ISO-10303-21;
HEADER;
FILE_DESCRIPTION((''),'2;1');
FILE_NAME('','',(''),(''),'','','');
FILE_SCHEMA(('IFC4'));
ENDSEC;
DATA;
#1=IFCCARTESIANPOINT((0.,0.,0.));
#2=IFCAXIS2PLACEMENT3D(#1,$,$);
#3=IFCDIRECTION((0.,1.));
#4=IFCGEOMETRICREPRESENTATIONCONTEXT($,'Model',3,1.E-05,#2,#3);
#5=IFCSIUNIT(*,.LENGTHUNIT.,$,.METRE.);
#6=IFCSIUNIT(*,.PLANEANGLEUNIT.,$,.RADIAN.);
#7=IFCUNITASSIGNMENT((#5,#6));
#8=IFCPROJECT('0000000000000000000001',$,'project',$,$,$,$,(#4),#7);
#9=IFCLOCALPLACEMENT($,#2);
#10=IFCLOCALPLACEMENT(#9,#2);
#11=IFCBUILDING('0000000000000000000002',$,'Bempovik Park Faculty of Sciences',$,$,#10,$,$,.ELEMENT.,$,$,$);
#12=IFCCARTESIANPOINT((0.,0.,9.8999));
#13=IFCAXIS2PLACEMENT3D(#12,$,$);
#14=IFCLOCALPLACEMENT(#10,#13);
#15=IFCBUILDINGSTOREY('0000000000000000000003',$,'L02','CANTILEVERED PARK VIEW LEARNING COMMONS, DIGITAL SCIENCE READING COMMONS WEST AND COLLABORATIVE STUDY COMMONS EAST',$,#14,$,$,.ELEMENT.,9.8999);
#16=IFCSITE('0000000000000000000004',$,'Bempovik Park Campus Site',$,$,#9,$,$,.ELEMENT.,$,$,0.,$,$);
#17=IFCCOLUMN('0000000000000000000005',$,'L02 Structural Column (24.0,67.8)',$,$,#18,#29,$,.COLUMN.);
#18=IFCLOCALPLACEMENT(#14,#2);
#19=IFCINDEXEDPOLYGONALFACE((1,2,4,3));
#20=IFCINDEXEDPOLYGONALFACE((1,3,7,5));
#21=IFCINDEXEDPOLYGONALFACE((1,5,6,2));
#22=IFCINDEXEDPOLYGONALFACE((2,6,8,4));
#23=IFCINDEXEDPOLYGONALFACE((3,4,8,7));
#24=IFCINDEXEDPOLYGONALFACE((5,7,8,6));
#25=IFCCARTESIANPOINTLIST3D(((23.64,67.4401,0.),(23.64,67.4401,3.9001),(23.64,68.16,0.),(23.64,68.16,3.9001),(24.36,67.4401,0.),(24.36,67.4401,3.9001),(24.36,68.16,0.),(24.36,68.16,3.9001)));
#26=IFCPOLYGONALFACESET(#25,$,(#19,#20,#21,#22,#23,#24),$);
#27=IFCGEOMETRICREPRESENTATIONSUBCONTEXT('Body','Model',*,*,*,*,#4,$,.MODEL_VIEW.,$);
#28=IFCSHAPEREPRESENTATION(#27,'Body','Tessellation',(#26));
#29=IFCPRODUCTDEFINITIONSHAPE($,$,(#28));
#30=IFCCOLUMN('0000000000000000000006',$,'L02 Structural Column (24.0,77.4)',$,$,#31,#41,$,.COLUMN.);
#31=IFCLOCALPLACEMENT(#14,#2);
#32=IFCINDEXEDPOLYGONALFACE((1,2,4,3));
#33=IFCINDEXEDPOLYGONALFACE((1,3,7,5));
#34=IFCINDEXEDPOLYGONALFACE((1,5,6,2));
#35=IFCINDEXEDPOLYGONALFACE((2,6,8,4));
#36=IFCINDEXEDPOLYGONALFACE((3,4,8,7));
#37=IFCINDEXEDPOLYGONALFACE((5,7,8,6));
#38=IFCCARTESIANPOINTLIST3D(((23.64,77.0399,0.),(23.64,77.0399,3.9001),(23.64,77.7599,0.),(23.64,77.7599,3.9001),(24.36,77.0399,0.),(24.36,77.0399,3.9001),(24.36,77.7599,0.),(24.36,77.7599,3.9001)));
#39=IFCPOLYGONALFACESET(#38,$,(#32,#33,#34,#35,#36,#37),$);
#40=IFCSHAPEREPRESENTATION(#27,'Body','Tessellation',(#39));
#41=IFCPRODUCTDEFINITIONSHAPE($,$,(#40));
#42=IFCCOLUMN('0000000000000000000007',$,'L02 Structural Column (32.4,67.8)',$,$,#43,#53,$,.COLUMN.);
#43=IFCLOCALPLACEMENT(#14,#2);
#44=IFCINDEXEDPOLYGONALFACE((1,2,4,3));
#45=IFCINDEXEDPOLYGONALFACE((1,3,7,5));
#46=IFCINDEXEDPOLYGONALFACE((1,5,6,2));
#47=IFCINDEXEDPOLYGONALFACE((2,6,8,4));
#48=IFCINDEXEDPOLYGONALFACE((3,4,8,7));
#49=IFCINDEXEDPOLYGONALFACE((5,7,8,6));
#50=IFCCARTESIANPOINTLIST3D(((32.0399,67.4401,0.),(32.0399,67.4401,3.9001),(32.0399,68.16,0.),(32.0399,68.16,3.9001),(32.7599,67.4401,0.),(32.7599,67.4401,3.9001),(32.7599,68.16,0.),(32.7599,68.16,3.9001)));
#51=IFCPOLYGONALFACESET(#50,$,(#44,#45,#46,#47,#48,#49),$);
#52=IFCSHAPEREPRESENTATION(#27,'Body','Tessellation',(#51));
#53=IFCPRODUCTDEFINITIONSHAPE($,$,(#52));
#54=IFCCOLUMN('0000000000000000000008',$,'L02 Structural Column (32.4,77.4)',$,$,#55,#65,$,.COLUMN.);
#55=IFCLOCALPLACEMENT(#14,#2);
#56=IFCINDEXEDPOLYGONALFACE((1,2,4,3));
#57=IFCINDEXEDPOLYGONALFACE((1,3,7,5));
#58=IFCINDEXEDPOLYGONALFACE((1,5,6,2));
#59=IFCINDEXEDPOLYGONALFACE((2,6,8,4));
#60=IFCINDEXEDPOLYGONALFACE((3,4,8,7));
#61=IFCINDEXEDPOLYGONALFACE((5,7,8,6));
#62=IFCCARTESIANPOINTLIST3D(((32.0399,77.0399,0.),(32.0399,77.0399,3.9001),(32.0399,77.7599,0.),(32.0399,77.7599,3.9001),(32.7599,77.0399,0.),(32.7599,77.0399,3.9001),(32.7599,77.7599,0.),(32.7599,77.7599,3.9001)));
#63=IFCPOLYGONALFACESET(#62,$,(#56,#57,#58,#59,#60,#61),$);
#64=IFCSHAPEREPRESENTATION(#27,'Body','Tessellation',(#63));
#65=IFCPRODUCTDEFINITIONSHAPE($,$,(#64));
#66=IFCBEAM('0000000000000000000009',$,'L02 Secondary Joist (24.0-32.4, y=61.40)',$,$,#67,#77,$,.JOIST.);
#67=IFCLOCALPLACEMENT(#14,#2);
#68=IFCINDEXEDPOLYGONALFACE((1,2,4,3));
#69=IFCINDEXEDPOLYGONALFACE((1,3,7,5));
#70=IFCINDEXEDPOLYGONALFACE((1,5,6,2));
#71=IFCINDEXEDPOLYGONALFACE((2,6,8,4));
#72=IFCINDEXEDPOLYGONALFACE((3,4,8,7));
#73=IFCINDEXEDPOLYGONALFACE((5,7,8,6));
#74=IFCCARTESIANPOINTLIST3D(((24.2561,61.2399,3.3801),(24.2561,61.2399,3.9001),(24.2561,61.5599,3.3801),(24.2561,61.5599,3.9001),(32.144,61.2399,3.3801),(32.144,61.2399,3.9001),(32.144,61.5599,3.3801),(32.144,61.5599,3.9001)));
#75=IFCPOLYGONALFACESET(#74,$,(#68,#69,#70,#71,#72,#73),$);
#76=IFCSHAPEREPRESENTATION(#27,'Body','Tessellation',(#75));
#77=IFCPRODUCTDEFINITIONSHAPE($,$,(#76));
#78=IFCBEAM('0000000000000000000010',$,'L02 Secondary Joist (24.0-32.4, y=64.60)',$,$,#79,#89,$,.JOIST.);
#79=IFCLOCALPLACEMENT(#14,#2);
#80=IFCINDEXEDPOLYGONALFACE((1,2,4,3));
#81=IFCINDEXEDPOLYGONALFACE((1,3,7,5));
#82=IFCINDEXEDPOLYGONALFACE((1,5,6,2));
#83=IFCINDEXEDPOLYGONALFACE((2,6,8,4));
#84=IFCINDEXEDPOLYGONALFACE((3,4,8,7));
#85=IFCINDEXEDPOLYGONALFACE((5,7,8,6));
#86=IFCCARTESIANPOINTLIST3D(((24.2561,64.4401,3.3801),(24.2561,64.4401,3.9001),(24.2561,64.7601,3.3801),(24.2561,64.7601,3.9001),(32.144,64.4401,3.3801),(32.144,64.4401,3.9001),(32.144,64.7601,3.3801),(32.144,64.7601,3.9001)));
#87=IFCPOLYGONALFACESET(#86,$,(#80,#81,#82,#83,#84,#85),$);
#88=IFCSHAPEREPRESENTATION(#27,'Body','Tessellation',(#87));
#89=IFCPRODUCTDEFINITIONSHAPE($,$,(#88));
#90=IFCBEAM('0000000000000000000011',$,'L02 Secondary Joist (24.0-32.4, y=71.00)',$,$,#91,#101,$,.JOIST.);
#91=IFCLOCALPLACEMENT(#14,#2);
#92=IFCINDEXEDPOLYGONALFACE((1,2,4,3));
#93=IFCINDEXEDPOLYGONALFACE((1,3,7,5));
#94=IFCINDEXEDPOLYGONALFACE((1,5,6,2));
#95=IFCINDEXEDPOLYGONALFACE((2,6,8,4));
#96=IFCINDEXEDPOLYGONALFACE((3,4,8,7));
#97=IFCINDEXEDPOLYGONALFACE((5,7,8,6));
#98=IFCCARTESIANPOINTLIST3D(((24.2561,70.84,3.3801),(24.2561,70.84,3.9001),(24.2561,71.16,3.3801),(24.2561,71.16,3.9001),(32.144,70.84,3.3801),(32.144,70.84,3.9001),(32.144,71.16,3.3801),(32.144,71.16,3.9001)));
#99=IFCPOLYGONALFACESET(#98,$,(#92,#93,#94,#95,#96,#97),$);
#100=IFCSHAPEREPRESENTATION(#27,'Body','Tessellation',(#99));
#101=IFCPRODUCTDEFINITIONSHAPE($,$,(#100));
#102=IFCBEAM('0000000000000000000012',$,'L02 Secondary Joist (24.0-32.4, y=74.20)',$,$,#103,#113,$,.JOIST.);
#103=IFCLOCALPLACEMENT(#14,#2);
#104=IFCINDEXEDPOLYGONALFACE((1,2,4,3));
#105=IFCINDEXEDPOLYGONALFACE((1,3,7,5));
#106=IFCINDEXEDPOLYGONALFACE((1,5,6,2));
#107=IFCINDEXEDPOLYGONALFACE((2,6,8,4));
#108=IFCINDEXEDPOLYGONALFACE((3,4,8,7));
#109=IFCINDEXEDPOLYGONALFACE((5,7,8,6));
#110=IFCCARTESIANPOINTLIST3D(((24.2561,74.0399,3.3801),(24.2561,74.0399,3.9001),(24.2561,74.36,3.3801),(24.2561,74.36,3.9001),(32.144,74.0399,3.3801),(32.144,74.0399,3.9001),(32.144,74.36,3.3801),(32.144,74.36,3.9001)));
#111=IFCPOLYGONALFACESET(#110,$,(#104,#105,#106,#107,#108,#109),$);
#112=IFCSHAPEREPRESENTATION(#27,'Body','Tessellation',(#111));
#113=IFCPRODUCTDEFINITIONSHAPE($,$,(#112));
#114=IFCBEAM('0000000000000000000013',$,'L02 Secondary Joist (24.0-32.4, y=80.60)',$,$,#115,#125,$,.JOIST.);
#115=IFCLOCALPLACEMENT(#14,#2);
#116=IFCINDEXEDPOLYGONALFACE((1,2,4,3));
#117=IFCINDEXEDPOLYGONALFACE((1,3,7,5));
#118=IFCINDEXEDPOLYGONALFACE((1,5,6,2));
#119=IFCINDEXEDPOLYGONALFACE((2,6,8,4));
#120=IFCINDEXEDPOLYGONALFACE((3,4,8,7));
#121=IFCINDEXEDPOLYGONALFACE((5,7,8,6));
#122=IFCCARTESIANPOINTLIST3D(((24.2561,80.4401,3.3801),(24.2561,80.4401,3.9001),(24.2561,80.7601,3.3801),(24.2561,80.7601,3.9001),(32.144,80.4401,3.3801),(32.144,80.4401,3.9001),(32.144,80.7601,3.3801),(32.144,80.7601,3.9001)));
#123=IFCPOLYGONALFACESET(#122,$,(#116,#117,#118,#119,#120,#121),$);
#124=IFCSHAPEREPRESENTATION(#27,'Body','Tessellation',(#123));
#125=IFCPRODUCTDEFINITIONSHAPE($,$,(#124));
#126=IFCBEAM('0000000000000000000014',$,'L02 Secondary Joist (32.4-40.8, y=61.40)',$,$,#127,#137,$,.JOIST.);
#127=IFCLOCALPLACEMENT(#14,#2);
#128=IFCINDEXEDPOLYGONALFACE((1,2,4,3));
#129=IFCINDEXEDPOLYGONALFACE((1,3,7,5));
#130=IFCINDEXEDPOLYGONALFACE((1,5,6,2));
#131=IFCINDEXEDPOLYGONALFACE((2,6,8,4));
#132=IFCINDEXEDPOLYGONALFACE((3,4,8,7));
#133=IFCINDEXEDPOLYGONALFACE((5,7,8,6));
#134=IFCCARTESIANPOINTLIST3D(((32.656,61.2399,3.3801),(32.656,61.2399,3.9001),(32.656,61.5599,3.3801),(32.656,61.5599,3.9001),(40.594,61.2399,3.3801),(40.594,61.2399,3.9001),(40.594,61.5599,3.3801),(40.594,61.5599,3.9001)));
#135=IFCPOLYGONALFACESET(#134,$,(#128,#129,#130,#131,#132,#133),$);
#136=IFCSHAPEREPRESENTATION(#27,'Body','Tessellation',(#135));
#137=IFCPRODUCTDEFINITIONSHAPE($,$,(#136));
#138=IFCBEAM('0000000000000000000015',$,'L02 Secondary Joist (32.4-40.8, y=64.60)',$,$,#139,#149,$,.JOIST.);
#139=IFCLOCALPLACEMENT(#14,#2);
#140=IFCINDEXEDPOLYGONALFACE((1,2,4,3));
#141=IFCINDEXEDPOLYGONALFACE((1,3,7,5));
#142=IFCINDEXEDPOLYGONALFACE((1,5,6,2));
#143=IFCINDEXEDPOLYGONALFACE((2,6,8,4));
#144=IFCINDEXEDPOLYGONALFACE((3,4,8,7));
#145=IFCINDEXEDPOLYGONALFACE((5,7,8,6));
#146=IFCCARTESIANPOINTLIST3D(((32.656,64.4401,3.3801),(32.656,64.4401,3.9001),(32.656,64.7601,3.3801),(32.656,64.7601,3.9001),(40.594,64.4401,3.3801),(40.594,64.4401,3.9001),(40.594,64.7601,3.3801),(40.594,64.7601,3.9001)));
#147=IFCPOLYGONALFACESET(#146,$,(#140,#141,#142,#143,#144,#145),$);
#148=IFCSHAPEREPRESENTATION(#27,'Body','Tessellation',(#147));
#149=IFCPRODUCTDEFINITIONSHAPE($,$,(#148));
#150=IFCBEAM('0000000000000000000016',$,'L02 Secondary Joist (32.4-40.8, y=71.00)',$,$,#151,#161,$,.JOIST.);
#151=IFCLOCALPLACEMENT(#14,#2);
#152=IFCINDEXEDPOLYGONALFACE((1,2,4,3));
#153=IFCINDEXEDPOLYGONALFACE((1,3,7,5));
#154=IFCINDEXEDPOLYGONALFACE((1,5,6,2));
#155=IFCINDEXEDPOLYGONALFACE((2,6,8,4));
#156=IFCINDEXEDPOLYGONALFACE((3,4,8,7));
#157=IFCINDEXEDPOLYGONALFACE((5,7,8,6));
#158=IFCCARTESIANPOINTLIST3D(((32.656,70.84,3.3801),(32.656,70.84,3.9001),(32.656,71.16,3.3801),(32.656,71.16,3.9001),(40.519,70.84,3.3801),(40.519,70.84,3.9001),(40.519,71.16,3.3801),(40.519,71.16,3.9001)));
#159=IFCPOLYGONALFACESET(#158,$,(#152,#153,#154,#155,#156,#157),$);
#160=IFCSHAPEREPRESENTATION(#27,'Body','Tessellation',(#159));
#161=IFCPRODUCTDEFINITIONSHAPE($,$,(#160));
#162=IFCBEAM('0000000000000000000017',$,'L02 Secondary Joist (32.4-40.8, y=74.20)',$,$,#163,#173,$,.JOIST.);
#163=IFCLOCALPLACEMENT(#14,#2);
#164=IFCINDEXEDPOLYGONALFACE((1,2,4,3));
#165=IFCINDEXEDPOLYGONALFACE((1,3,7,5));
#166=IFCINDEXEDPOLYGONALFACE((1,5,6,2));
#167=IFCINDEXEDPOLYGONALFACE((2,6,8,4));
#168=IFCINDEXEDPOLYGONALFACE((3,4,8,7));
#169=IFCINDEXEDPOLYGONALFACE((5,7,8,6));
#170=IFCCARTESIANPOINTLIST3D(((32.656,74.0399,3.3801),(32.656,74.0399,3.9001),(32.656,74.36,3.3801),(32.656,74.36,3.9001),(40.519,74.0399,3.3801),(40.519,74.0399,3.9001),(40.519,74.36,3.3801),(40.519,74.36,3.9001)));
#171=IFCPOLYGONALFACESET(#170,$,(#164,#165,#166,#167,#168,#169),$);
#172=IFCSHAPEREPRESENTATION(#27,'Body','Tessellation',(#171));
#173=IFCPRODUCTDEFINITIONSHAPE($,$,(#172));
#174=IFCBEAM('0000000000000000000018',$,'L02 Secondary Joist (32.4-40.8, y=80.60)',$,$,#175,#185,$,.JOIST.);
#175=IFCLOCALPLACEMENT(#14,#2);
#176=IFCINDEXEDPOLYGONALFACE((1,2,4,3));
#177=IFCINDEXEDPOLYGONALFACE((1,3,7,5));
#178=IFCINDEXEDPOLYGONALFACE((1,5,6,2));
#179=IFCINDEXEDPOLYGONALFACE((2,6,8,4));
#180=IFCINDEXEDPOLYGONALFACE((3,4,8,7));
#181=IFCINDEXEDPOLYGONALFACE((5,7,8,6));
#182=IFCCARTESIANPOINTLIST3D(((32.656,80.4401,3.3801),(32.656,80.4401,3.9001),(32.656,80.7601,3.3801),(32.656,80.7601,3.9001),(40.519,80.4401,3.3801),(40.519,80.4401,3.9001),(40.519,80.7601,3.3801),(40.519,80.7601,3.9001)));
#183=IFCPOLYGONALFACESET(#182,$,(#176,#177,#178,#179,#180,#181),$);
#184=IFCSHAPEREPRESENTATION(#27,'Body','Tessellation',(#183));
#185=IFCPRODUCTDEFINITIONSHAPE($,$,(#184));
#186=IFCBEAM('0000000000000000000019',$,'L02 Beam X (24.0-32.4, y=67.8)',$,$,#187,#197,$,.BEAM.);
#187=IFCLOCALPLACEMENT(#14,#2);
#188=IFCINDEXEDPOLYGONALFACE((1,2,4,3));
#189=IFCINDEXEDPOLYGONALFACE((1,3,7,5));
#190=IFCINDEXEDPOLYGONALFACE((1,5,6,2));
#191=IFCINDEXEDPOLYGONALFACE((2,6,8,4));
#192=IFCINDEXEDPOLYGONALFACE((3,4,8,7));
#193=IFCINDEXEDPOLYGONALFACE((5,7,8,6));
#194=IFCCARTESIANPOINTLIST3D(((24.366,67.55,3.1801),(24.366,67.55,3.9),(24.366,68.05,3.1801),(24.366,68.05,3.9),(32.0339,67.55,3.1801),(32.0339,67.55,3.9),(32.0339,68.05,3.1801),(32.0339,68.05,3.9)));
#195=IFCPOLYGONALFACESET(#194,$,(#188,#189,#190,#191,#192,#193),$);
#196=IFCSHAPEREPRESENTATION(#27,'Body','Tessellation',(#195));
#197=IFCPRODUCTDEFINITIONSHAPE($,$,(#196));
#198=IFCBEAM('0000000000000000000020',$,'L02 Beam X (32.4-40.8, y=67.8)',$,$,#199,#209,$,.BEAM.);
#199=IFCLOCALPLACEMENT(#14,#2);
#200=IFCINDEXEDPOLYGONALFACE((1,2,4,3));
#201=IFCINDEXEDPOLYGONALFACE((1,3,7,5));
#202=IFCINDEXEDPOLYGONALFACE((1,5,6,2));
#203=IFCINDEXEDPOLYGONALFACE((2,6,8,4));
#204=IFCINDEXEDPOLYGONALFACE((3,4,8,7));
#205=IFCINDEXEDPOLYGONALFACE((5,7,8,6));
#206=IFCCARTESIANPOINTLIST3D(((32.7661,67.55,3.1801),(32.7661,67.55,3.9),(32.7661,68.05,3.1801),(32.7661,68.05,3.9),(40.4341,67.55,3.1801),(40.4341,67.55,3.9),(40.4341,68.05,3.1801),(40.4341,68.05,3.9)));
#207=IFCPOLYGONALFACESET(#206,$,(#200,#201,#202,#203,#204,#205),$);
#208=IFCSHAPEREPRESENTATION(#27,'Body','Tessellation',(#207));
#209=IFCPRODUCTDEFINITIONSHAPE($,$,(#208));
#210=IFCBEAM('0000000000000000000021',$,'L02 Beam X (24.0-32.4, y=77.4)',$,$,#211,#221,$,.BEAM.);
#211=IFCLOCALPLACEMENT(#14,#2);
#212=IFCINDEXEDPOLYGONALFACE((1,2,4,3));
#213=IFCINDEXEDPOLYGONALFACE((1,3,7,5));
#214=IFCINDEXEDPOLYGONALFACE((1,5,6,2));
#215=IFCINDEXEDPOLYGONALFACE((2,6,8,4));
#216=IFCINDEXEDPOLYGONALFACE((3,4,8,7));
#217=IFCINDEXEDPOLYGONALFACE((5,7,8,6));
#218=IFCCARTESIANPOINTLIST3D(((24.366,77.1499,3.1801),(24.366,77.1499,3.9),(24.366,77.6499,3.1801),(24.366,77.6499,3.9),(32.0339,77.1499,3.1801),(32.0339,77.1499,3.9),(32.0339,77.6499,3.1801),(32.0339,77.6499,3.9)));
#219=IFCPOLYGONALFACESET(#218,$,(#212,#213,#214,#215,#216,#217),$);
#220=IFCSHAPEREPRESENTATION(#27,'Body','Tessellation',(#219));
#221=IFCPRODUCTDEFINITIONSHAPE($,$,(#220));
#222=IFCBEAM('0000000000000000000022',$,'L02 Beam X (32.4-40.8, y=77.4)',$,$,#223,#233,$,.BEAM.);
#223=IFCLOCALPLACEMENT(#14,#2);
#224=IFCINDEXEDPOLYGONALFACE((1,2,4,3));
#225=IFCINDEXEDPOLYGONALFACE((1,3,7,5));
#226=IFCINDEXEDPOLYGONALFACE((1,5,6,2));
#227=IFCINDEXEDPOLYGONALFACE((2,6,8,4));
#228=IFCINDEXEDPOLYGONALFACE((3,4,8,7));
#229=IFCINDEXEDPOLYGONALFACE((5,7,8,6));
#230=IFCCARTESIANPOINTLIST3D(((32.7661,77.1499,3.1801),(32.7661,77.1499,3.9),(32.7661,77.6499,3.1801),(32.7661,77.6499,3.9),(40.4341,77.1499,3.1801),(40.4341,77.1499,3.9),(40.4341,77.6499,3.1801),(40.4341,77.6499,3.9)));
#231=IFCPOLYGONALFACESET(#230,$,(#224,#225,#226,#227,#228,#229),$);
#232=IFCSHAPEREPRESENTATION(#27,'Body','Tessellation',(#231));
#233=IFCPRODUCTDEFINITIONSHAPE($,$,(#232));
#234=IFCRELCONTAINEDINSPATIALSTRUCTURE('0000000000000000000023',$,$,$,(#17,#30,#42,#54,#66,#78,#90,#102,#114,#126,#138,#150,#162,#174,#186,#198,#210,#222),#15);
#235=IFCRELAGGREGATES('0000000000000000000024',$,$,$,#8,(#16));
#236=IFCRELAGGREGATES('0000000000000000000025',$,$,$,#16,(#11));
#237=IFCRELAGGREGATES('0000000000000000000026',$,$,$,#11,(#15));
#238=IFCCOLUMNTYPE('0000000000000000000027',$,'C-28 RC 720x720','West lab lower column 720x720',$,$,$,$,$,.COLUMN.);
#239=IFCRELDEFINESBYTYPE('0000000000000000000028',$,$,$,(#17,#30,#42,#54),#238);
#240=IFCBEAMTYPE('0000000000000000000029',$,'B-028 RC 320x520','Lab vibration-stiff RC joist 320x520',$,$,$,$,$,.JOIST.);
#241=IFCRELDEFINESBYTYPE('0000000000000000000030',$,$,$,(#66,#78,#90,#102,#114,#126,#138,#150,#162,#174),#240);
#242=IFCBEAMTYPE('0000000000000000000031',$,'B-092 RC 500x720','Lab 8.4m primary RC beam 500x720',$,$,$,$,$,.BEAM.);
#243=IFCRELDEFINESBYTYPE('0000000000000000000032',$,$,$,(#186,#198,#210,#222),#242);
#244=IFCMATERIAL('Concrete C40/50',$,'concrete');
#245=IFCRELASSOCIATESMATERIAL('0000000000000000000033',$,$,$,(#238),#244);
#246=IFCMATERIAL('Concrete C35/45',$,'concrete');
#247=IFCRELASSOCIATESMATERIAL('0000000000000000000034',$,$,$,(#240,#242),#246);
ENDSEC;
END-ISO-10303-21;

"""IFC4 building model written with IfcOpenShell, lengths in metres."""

from ifc_helpers import new_model, si_unit, direction, frame, origin, origin_2d, place, context, subcontext, project, spatial, rectangle, extrude, material, material_profile, profile_set, type_object, element, save


model = new_model("IFC4")

# Units and contexts
model_context = context("Model", 3, precision=1e-05, world=origin(), true_north=direction((0.0, 1.0)))
body_context = subcontext(model_context, "Body", "Model", "MODEL_VIEW")
ifc_project = project(units=[si_unit("LENGTHUNIT", "METRE"), si_unit("PLANEANGLEUNIT", "RADIAN")], contexts=[model_context])

# Site, building, storey
site_placement = place(None, origin())
site = spatial("IfcSite", under=ifc_project, at=site_placement, Name="Bempovik Park Campus Site", CompositionType="ELEMENT", RefElevation=0.0)
building_placement = place(site_placement, origin())
building = spatial("IfcBuilding", under=site, at=building_placement, Name="Bempovik Park Faculty of Sciences", CompositionType="ELEMENT")
storey_placement = place(building_placement, frame((0.0, 0.0, 9.8999)))
storey = spatial("IfcBuildingStorey", under=building, at=storey_placement, Name="L02", Description="CANTILEVERED PARK VIEW LEARNING COMMONS, DIGITAL SCIENCE READING COMMONS WEST AND COLLABORATIVE STUDY COMMONS EAST", CompositionType="ELEMENT", Elevation=9.8999)

# Columns
ifc_material_1 = material(Name="Concrete C40/50", Category="concrete")
ifc_material_profile_1 = material_profile(ifc_material_1, rectangle(XDim=0.72, YDim=0.72, at=origin_2d()), Name="RC 720x720")
ifc_profile_set_1 = profile_set([ifc_material_profile_1], Name="Concrete C40/50")
column_type = type_object("IfcColumnType", Name="C-28 RC 720x720", Description="West lab lower column 720x720", PredefinedType="COLUMN", material=ifc_profile_set_1)
for number, where, z_axis, x_axis, name in (
    (1, (24.0, 67.8, 0.0), (0.0, 0.0, 1.0), (1.0, 0.0, 0.0), "L02 Structural Column (24.0,67.8)"),
    (2, (24.0, 77.3999, 0.0), (0.0, 0.0, 1.0), (1.0, 0.0, 0.0), "L02 Structural Column (24.0,77.4)"),
    (3, (32.3999, 67.8, 0.0), (0.0, 0.0, 1.0), (1.0, 0.0, 0.0), "L02 Structural Column (32.4,67.8)"),
    (4, (32.3999, 77.3999, 0.0), (0.0, 0.0, 1.0), (1.0, 0.0, 0.0), "L02 Structural Column (32.4,77.4)"),
):
    element("IfcColumn", number, at=place(storey_placement, frame(where, z_axis=z_axis, x_axis=x_axis)), inside=storey, type_object=column_type, Name=name, PredefinedType="COLUMN", context=body_context, shape_type="SweptSolid", body=[
        extrude(rectangle(XDim=0.72, YDim=0.72, at=origin_2d()), origin(), (0.0, 0.0, 1.0), 3.9001),
    ])

# Beams
ifc_material_2 = material(Name="Concrete C35/45", Category="concrete")
ifc_material_profile_2 = material_profile(ifc_material_2, rectangle(XDim=0.3201, YDim=0.52, at=origin_2d()), Name="RC 320x520")
ifc_profile_set_2 = profile_set([ifc_material_profile_2], Name="Concrete C35/45")
beam_type_1 = type_object("IfcBeamType", Name="B-028 RC 320x520", Description="Lab vibration-stiff RC joist 320x520", PredefinedType="JOIST", material=ifc_profile_set_2)
for number, where, z_axis, x_axis, name in (
    (5, (24.2561, 61.3999, 3.6401), (1.0, 0.0, 0.0), (0.0, 1.0, 0.0), "L02 Secondary Joist (24.0-32.4, y=61.40)"),
    (6, (24.2561, 64.6001, 3.6401), (1.0, 0.0, 0.0), (0.0, 1.0, 0.0), "L02 Secondary Joist (24.0-32.4, y=64.60)"),
    (7, (24.2561, 71.0, 3.6401), (1.0, 0.0, 0.0), (0.0, 1.0, 0.0), "L02 Secondary Joist (24.0-32.4, y=71.00)"),
    (8, (24.2561, 74.2, 3.6401), (1.0, 0.0, 0.0), (0.0, 1.0, 0.0), "L02 Secondary Joist (24.0-32.4, y=74.20)"),
    (9, (24.2561, 80.6001, 3.6401), (1.0, 0.0, 0.0), (0.0, 1.0, 0.0), "L02 Secondary Joist (24.0-32.4, y=80.60)"),
):
    element("IfcBeam", number, at=place(storey_placement, frame(where, z_axis=z_axis, x_axis=x_axis)), inside=storey, type_object=beam_type_1, Name=name, PredefinedType="JOIST", context=body_context, shape_type="SweptSolid", body=[
        extrude(rectangle(XDim=0.3201, YDim=0.52, at=origin_2d()), origin(), (0.0, 0.0, 1.0), 7.8879),
    ])
for number, where, z_axis, x_axis, name in (
    (10, (32.656, 61.3999, 3.6401), (1.0, 0.0, 0.0), (0.0, 1.0, 0.0), "L02 Secondary Joist (32.4-40.8, y=61.40)"),
    (11, (32.656, 64.6001, 3.6401), (1.0, 0.0, 0.0), (0.0, 1.0, 0.0), "L02 Secondary Joist (32.4-40.8, y=64.60)"),
):
    element("IfcBeam", number, at=place(storey_placement, frame(where, z_axis=z_axis, x_axis=x_axis)), inside=storey, type_object=beam_type_1, Name=name, PredefinedType="JOIST", context=body_context, shape_type="SweptSolid", body=[
        extrude(rectangle(XDim=0.3201, YDim=0.52, at=origin_2d()), origin(), (0.0, 0.0, 1.0), 7.938),
    ])
for number, where, z_axis, x_axis, name in (
    (12, (32.656, 71.0, 3.6401), (1.0, 0.0, 0.0), (0.0, 1.0, 0.0), "L02 Secondary Joist (32.4-40.8, y=71.00)"),
    (13, (32.656, 74.2, 3.6401), (1.0, 0.0, 0.0), (0.0, 1.0, 0.0), "L02 Secondary Joist (32.4-40.8, y=74.20)"),
    (14, (32.656, 80.6001, 3.6401), (1.0, 0.0, 0.0), (0.0, 1.0, 0.0), "L02 Secondary Joist (32.4-40.8, y=80.60)"),
):
    element("IfcBeam", number, at=place(storey_placement, frame(where, z_axis=z_axis, x_axis=x_axis)), inside=storey, type_object=beam_type_1, Name=name, PredefinedType="JOIST", context=body_context, shape_type="SweptSolid", body=[
        extrude(rectangle(XDim=0.3201, YDim=0.52, at=origin_2d()), origin(), (0.0, 0.0, 1.0), 7.863),
    ])
ifc_material_profile_3 = material_profile(ifc_material_2, rectangle(XDim=0.5, YDim=0.72, at=origin_2d()), Name="RC 500x720")
ifc_profile_set_3 = profile_set([ifc_material_profile_3], Name="Concrete C35/45")
beam_type_2 = type_object("IfcBeamType", Name="B-092 RC 500x720", Description="Lab 8.4m primary RC beam 500x720", PredefinedType="BEAM", material=ifc_profile_set_3)
for number, where, z_axis, x_axis, name in (
    (15, (24.366, 67.8, 3.54), (1.0, 0.0, 0.0), (0.0, 1.0, 0.0), "L02 Beam X (24.0-32.4, y=67.8)"),
    (16, (32.7661, 67.8, 3.54), (1.0, 0.0, 0.0), (0.0, 1.0, 0.0), "L02 Beam X (32.4-40.8, y=67.8)"),
    (17, (24.366, 77.3999, 3.54), (1.0, 0.0, 0.0), (0.0, 1.0, 0.0), "L02 Beam X (24.0-32.4, y=77.4)"),
    (18, (32.7661, 77.3999, 3.54), (1.0, 0.0, 0.0), (0.0, 1.0, 0.0), "L02 Beam X (32.4-40.8, y=77.4)"),
):
    element("IfcBeam", number, at=place(storey_placement, frame(where, z_axis=z_axis, x_axis=x_axis)), inside=storey, type_object=beam_type_2, Name=name, PredefinedType="BEAM", context=body_context, shape_type="SweptSolid", body=[
        extrude(rectangle(XDim=0.5, YDim=0.72, at=origin_2d()), origin(), (0.0, 0.0, 1.0), 7.668),
    ])

save(model, "model.ifc")
